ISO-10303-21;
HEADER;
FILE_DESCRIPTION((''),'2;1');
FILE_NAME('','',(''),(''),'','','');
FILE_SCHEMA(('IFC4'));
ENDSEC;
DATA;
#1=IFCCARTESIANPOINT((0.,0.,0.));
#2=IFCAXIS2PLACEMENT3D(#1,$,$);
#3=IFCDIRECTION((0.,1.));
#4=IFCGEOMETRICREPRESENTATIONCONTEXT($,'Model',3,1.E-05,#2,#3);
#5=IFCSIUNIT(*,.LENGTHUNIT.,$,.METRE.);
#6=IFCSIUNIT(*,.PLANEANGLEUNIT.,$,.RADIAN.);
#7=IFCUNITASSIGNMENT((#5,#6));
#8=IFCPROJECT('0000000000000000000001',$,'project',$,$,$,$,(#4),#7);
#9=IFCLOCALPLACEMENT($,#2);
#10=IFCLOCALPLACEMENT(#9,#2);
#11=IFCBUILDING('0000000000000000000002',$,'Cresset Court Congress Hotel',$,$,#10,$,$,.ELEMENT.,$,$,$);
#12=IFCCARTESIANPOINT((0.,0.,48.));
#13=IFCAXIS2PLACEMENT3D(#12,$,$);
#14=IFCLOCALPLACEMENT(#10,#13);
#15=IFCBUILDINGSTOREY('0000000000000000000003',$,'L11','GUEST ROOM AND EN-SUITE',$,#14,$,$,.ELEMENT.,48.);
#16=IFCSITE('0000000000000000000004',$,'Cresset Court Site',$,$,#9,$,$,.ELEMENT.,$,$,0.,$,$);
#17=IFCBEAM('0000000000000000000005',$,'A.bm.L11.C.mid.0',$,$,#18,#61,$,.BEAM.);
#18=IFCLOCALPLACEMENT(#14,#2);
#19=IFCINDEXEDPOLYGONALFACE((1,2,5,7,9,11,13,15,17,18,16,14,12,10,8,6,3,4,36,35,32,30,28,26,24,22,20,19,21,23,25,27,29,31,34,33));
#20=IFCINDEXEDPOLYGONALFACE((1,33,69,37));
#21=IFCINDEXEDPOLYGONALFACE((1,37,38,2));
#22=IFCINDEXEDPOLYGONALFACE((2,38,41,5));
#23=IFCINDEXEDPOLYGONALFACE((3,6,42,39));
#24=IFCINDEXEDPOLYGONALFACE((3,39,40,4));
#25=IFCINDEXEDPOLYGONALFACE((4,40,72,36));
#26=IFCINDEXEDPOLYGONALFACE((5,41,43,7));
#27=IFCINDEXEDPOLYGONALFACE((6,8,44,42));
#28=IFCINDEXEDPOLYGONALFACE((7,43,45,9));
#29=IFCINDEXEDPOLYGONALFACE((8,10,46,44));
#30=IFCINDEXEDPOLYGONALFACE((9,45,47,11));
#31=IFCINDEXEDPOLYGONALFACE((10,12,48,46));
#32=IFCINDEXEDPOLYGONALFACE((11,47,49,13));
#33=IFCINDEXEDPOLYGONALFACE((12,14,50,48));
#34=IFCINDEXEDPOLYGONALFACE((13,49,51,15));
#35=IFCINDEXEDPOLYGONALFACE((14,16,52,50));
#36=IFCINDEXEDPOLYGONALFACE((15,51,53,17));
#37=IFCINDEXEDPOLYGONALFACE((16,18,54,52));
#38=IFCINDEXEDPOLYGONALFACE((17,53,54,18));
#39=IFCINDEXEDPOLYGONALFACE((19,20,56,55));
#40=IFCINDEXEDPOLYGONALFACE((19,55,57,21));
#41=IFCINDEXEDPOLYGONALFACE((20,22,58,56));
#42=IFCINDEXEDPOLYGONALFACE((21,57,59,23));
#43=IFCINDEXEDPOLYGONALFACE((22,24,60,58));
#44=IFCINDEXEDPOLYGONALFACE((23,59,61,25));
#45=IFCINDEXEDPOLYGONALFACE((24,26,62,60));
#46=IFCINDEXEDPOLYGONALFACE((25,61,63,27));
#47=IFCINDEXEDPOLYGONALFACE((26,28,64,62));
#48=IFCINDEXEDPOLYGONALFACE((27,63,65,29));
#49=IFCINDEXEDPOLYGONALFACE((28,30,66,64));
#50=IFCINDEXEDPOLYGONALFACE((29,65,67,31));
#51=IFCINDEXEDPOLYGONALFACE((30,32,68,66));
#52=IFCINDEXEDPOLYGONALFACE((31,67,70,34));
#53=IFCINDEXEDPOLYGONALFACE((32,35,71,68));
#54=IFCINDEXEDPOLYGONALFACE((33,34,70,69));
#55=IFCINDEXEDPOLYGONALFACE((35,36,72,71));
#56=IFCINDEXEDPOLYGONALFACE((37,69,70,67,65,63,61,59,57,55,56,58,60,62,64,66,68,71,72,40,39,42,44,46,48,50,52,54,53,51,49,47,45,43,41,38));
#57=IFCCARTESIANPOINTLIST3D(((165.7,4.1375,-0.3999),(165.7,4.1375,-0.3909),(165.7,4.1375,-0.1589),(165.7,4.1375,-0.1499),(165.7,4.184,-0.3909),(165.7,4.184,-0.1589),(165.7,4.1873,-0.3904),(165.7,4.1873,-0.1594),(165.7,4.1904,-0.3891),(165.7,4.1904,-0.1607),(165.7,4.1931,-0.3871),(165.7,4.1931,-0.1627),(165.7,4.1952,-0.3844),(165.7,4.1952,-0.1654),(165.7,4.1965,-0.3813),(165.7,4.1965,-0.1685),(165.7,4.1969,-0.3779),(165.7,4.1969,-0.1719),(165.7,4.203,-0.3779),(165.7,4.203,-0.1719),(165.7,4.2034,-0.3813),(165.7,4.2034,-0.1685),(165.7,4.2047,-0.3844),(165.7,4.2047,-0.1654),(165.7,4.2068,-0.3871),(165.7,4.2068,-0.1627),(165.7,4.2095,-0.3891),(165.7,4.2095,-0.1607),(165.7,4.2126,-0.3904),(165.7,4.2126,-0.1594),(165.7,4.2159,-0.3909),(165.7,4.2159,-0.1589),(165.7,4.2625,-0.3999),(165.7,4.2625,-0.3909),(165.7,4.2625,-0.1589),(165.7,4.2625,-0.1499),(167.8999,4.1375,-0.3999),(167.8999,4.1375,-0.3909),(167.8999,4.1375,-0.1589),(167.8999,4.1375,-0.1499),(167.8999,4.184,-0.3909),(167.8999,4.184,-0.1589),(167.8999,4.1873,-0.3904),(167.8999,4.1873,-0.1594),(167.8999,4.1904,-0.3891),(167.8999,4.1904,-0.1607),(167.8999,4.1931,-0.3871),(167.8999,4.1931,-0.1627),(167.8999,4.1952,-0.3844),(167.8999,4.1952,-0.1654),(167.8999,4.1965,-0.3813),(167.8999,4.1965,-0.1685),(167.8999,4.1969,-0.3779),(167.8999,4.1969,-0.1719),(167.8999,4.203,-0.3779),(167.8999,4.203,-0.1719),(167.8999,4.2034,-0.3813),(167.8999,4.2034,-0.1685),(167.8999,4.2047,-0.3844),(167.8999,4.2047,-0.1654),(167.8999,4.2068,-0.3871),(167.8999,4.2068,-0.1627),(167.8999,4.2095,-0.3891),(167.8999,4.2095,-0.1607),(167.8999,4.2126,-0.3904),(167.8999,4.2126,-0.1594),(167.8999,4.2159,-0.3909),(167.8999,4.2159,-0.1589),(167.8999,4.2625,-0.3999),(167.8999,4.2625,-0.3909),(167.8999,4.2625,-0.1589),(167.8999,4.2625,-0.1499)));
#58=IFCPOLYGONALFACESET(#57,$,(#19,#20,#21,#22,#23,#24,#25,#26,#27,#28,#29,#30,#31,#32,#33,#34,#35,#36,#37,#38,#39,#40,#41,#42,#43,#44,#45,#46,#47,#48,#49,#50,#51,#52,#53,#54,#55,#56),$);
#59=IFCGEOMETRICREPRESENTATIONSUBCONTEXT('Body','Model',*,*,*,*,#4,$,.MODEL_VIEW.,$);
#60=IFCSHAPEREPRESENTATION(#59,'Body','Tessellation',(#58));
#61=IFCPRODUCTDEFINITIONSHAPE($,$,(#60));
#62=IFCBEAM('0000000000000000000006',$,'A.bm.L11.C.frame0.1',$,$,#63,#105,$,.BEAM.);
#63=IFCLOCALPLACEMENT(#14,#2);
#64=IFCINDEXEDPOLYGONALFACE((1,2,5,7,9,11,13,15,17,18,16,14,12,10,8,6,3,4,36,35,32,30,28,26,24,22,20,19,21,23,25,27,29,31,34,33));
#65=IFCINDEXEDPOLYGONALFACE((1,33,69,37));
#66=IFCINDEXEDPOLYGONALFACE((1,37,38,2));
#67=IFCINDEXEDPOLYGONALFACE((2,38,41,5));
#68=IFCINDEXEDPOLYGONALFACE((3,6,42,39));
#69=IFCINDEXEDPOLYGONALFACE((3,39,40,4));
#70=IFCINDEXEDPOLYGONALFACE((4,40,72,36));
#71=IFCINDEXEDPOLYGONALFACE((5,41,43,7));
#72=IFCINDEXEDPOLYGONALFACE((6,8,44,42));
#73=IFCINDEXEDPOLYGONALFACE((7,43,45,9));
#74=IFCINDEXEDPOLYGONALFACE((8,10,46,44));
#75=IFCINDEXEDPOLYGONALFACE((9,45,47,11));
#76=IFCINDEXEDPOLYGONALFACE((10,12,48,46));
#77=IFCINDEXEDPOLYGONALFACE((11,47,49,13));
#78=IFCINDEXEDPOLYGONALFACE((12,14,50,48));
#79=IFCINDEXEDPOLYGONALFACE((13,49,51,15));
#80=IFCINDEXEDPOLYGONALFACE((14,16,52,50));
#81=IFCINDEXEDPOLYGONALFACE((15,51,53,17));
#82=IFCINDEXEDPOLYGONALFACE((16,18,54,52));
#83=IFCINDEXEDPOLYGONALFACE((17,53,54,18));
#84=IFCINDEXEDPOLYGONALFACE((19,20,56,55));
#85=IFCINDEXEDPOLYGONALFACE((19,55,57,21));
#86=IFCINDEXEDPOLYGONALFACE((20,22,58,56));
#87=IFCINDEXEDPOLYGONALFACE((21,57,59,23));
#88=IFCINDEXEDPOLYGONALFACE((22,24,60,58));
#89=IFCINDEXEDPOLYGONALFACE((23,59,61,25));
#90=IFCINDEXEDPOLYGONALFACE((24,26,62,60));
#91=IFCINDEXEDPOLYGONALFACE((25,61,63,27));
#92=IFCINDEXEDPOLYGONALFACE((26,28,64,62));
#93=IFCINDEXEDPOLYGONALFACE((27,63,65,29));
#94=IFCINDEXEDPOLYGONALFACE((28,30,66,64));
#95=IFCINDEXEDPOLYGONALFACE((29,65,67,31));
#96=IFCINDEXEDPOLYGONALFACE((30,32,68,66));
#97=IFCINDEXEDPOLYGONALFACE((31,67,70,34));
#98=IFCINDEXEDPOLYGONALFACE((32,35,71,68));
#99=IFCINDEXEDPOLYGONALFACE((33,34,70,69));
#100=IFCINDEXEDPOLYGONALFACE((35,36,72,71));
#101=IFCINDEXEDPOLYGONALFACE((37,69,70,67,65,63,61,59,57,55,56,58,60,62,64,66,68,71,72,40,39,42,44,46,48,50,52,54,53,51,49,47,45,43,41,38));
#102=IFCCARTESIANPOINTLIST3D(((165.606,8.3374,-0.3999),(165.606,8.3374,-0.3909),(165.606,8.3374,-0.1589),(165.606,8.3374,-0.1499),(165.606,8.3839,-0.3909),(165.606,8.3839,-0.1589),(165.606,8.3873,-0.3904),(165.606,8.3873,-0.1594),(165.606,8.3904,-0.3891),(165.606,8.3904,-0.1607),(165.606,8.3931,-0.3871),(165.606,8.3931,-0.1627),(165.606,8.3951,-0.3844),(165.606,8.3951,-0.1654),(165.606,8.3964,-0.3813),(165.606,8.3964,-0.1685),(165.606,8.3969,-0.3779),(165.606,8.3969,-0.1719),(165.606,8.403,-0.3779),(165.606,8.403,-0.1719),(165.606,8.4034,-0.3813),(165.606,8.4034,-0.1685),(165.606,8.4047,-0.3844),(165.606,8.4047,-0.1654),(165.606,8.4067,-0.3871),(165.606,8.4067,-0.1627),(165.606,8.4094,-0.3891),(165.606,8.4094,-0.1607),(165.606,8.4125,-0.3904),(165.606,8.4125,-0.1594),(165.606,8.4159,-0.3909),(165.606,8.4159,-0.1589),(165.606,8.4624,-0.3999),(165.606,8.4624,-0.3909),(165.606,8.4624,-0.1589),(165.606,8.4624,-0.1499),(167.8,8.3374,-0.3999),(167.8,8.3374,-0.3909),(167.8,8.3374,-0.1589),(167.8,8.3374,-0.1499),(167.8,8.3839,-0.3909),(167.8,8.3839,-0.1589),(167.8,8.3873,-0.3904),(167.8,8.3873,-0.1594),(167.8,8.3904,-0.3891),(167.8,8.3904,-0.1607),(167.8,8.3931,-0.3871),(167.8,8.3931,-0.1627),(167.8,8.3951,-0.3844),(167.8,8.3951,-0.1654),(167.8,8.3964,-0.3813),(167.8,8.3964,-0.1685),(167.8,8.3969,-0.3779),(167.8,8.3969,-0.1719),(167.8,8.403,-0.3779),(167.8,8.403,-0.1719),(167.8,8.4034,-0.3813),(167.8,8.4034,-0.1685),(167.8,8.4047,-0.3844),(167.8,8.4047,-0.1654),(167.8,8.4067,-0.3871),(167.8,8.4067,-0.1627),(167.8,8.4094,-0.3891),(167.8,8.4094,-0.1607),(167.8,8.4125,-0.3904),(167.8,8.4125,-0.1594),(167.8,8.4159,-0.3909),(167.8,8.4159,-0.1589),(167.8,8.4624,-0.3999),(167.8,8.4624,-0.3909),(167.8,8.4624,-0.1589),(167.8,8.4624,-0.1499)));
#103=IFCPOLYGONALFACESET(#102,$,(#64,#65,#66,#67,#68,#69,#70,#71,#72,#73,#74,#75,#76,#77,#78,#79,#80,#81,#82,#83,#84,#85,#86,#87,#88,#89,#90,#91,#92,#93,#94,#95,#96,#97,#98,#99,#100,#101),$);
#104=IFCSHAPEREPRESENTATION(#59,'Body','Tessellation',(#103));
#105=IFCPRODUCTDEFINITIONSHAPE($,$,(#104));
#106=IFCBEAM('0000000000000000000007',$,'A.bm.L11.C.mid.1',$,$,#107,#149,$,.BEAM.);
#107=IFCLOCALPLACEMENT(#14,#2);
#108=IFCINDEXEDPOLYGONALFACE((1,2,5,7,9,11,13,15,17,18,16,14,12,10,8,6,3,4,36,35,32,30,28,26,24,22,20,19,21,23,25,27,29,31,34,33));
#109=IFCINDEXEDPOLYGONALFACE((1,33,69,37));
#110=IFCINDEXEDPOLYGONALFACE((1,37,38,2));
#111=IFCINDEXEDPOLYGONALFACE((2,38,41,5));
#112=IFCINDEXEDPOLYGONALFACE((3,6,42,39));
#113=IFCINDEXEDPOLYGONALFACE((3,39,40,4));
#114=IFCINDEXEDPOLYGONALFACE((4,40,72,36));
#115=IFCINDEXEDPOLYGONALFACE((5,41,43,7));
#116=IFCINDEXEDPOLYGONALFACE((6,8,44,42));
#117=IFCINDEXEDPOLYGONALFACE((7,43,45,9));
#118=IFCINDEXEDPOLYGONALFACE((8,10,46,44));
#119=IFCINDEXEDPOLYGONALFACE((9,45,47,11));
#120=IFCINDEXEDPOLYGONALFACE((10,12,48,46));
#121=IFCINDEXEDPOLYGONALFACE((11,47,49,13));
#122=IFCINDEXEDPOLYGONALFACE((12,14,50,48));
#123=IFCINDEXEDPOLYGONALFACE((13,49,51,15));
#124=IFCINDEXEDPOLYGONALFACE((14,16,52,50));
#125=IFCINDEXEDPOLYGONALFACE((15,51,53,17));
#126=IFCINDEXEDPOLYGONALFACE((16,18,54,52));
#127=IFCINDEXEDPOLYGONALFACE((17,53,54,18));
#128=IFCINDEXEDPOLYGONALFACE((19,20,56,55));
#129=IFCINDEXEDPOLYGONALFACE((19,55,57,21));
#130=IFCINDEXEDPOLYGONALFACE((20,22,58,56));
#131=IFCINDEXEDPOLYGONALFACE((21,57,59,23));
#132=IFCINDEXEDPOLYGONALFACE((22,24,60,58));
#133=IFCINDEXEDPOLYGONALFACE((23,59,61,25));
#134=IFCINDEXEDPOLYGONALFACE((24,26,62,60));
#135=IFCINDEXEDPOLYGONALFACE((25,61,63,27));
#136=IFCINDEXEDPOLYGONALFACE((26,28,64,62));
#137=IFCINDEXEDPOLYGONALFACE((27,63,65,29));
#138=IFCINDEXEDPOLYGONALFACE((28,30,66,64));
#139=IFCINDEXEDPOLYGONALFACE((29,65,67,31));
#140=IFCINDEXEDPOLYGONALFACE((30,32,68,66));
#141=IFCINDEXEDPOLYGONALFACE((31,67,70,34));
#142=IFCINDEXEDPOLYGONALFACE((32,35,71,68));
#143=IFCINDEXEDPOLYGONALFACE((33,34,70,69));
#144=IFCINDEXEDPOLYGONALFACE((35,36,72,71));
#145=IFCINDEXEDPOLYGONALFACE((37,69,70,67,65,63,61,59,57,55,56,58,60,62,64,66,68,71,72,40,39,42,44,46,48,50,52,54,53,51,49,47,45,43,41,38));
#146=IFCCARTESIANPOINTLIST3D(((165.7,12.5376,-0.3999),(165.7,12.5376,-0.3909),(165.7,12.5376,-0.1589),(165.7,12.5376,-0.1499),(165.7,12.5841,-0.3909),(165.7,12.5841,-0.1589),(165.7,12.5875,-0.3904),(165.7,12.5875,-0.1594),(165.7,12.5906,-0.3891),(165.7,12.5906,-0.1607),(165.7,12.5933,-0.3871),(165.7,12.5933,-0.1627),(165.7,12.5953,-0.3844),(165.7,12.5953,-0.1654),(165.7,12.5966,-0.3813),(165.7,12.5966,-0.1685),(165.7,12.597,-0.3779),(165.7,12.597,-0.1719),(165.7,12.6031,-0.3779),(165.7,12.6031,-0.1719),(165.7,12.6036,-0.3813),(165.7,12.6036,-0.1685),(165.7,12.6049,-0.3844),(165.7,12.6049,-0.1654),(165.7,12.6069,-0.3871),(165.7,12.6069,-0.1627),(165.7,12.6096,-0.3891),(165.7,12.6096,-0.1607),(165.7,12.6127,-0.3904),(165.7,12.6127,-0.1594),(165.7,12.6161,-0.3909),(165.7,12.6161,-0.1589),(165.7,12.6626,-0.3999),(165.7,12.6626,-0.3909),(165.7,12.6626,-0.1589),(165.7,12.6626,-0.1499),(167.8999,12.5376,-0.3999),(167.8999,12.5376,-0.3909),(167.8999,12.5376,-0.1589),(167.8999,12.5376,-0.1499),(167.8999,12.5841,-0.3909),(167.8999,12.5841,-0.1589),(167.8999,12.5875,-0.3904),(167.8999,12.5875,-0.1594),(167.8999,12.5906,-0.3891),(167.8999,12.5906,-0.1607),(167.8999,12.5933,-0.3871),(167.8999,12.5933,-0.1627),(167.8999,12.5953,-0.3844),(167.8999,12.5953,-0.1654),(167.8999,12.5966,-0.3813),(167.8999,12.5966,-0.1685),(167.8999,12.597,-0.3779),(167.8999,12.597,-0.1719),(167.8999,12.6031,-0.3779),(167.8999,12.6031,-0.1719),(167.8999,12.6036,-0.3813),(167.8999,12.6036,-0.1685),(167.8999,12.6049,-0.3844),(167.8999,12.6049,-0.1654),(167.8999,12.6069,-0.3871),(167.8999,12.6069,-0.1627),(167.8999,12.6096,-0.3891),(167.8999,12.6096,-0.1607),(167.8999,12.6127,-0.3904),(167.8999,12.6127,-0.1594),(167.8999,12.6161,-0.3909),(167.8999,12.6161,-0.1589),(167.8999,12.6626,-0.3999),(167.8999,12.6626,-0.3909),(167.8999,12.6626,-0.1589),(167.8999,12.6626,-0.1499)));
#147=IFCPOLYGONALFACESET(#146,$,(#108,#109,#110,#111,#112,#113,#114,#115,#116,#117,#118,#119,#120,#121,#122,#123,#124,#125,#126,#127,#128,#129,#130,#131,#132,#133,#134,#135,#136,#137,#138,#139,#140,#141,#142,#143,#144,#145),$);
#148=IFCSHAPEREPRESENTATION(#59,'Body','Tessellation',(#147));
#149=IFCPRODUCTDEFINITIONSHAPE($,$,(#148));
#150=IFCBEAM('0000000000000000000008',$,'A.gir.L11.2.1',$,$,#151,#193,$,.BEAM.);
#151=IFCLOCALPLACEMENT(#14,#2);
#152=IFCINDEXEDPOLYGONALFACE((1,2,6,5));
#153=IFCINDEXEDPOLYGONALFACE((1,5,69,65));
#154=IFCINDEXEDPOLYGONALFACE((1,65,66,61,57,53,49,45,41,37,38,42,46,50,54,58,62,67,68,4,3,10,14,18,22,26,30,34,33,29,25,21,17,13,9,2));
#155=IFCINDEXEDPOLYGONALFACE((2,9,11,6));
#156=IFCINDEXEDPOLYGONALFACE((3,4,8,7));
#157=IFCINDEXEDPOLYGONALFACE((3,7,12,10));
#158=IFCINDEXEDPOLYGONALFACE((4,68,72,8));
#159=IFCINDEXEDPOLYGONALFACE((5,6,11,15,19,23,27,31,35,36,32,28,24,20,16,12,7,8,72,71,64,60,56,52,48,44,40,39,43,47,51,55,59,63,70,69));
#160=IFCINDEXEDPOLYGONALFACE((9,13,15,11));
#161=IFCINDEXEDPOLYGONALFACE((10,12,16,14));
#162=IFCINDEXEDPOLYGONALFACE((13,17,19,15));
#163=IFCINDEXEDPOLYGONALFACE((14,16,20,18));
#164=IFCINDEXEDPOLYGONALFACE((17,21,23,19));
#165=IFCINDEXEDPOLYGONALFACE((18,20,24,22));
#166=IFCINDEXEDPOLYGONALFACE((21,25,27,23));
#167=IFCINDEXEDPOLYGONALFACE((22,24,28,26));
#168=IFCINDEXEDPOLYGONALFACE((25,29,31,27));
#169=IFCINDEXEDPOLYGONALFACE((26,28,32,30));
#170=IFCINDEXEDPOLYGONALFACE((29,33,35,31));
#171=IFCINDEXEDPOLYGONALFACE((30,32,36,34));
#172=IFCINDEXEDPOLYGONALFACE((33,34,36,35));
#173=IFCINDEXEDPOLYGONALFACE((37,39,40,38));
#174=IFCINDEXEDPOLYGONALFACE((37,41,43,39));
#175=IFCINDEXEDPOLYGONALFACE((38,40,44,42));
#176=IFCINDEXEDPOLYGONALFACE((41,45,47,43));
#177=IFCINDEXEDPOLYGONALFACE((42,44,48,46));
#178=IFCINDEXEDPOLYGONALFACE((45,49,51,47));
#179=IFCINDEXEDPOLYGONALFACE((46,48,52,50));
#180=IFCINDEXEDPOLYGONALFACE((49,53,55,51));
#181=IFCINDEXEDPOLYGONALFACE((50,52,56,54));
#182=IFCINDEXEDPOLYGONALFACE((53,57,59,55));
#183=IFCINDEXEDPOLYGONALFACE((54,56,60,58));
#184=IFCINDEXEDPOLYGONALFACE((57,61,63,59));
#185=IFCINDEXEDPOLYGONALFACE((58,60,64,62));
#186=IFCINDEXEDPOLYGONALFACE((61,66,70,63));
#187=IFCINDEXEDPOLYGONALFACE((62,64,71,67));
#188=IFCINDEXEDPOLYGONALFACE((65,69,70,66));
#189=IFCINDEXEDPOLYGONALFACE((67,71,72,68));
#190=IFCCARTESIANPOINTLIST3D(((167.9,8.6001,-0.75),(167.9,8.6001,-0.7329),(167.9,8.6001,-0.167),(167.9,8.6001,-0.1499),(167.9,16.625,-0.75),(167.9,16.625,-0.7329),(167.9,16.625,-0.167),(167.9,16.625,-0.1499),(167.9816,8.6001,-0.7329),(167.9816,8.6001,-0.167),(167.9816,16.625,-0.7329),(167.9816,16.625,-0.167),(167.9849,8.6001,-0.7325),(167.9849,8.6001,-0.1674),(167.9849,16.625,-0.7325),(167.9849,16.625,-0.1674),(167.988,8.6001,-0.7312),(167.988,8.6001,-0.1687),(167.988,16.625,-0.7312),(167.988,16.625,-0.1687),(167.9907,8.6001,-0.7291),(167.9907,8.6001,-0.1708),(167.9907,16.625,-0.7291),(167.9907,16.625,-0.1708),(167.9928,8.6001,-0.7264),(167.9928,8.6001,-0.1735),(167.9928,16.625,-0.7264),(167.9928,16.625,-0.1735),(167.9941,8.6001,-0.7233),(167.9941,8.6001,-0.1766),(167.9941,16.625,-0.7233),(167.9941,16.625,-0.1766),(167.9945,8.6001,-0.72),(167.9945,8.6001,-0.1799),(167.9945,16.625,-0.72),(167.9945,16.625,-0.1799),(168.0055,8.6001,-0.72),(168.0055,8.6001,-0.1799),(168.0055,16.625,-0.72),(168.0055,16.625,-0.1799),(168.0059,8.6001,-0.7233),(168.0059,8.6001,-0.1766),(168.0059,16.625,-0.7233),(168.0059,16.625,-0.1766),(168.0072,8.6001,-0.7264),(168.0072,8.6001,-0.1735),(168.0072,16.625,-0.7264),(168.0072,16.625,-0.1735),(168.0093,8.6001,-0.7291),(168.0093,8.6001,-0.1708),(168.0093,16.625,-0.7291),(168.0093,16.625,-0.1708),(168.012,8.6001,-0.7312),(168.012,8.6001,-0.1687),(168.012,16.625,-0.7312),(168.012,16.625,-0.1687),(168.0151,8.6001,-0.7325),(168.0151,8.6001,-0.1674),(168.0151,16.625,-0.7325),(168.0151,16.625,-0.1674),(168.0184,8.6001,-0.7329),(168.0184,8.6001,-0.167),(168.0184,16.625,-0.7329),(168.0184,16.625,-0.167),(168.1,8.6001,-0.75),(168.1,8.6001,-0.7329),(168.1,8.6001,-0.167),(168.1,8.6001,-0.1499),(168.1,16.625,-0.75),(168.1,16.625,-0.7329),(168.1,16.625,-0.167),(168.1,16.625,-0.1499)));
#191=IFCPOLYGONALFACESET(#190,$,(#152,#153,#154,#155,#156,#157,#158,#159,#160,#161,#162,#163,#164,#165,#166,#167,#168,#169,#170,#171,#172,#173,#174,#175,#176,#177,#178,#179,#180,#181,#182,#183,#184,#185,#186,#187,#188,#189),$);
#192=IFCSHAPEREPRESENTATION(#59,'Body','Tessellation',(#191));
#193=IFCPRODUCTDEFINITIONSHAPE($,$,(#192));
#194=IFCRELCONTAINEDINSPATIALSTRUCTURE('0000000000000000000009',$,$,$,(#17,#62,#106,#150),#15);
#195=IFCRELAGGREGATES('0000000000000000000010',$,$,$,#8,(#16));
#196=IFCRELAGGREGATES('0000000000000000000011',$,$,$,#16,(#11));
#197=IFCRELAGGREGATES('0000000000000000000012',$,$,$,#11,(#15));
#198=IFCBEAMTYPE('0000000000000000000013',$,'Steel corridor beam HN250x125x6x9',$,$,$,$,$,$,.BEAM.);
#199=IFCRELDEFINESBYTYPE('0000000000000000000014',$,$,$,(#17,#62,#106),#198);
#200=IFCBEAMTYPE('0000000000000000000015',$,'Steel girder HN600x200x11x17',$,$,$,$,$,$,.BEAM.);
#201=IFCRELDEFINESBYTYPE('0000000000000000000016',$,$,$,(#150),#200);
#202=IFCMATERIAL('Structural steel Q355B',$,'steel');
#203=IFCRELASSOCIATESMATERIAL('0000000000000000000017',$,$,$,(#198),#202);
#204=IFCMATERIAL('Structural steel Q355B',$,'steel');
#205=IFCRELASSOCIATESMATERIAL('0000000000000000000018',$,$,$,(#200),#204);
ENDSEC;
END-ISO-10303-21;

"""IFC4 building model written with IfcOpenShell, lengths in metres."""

from ifc_helpers import new_model, si_unit, direction, frame, origin, origin_2d, place, context, subcontext, project, spatial, i_section, extrude, material, material_profile, profile_set, type_object, element, save


model = new_model("IFC4")

# Units and contexts
model_context = context("Model", 3, precision=1e-05, world=origin(), true_north=direction((0.0, 1.0)))
body_context = subcontext(model_context, "Body", "Model", "MODEL_VIEW")
ifc_project = project(units=[si_unit("LENGTHUNIT", "METRE"), si_unit("PLANEANGLEUNIT", "RADIAN")], contexts=[model_context])

# Site, building, storey
site_placement = place(None, origin())
site = spatial("IfcSite", under=ifc_project, at=site_placement, Name="Cresset Court Site", CompositionType="ELEMENT", RefElevation=0.0)
building_placement = place(site_placement, origin())
building = spatial("IfcBuilding", under=site, at=building_placement, Name="Cresset Court Congress Hotel", CompositionType="ELEMENT")
storey_placement = place(building_placement, frame((0.0, 0.0, 48.0)))
storey = spatial("IfcBuildingStorey", under=building, at=storey_placement, Name="L11", Description="GUEST ROOM AND EN-SUITE", CompositionType="ELEMENT", Elevation=48.0)

# Beams
ifc_material_1 = material(Name="Structural steel Q355B", Category="steel")
ifc_material_profile_1 = material_profile(ifc_material_1, i_section(OverallWidth=0.125, OverallDepth=0.25, WebThickness=0.0061, FlangeThickness=0.009, FilletRadius=0.0129, at=origin_2d()), Name="HN250x125x6x9")
ifc_profile_set_1 = profile_set([ifc_material_profile_1], Name="Structural steel Q355B")
beam_type_1 = type_object("IfcBeamType", Name="Steel corridor beam HN250x125x6x9", PredefinedType="BEAM", material=ifc_profile_set_1)
beam_1_placement = place(storey_placement, frame((165.7, 4.2, -0.2749), z_axis=(1.0, 0.0, 0.0), x_axis=(0.0, 1.0, 0.0)))
element("IfcBeam", 1, at=beam_1_placement, inside=storey, type_object=beam_type_1, Name="A.bm.L11.C.mid.0", PredefinedType="BEAM", context=body_context, shape_type="SweptSolid", body=[
    extrude(i_section(OverallWidth=0.125, OverallDepth=0.25, WebThickness=0.0061, FlangeThickness=0.009, FilletRadius=0.0129, at=origin_2d()), origin(), (0.0, 0.0, 1.0), 2.2),
])
beam_2_placement = place(storey_placement, frame((165.606, 8.3999, -0.2749), z_axis=(1.0, 0.0, 0.0), x_axis=(0.0, 1.0, 0.0)))
element("IfcBeam", 2, at=beam_2_placement, inside=storey, type_object=beam_type_1, Name="A.bm.L11.C.frame0.1", PredefinedType="BEAM", context=body_context, shape_type="SweptSolid", body=[
    extrude(i_section(OverallWidth=0.125, OverallDepth=0.25, WebThickness=0.0061, FlangeThickness=0.009, FilletRadius=0.0129, at=origin_2d()), origin(), (0.0, 0.0, 1.0), 2.1941),
])
beam_3_placement = place(storey_placement, frame((165.7, 12.6001, -0.2749), z_axis=(1.0, 0.0, 0.0), x_axis=(0.0, 1.0, 0.0)))
element("IfcBeam", 3, at=beam_3_placement, inside=storey, type_object=beam_type_1, Name="A.bm.L11.C.mid.1", PredefinedType="BEAM", context=body_context, shape_type="SweptSolid", body=[
    extrude(i_section(OverallWidth=0.125, OverallDepth=0.25, WebThickness=0.0061, FlangeThickness=0.009, FilletRadius=0.0129, at=origin_2d()), origin(), (0.0, 0.0, 1.0), 2.2),
])
ifc_material_2 = material(Name="Structural steel Q355B", Category="steel")
ifc_material_profile_2 = material_profile(ifc_material_2, i_section(OverallWidth=0.2, OverallDepth=0.6001, WebThickness=0.011, FlangeThickness=0.0171, FilletRadius=0.0129, at=origin_2d()), Name="HN600x200x11x17")
ifc_profile_set_2 = profile_set([ifc_material_profile_2], Name="Structural steel Q355B")
beam_type_2 = type_object("IfcBeamType", Name="Steel girder HN600x200x11x17", PredefinedType="BEAM", material=ifc_profile_set_2)
beam_4_placement = place(storey_placement, frame((168.0, 8.6001, -0.45), z_axis=(0.0, 1.0, 0.0), x_axis=(-1.0, 0.0, 0.0)))
element("IfcBeam", 4, at=beam_4_placement, inside=storey, type_object=beam_type_2, Name="A.gir.L11.2.1", PredefinedType="BEAM", context=body_context, shape_type="SweptSolid", body=[
    extrude(i_section(OverallWidth=0.2, OverallDepth=0.6001, WebThickness=0.011, FlangeThickness=0.0171, FilletRadius=0.0129, at=origin_2d()), origin(), (0.0, 0.0, 1.0), 8.0249),
])

save(model, "model.ifc")
